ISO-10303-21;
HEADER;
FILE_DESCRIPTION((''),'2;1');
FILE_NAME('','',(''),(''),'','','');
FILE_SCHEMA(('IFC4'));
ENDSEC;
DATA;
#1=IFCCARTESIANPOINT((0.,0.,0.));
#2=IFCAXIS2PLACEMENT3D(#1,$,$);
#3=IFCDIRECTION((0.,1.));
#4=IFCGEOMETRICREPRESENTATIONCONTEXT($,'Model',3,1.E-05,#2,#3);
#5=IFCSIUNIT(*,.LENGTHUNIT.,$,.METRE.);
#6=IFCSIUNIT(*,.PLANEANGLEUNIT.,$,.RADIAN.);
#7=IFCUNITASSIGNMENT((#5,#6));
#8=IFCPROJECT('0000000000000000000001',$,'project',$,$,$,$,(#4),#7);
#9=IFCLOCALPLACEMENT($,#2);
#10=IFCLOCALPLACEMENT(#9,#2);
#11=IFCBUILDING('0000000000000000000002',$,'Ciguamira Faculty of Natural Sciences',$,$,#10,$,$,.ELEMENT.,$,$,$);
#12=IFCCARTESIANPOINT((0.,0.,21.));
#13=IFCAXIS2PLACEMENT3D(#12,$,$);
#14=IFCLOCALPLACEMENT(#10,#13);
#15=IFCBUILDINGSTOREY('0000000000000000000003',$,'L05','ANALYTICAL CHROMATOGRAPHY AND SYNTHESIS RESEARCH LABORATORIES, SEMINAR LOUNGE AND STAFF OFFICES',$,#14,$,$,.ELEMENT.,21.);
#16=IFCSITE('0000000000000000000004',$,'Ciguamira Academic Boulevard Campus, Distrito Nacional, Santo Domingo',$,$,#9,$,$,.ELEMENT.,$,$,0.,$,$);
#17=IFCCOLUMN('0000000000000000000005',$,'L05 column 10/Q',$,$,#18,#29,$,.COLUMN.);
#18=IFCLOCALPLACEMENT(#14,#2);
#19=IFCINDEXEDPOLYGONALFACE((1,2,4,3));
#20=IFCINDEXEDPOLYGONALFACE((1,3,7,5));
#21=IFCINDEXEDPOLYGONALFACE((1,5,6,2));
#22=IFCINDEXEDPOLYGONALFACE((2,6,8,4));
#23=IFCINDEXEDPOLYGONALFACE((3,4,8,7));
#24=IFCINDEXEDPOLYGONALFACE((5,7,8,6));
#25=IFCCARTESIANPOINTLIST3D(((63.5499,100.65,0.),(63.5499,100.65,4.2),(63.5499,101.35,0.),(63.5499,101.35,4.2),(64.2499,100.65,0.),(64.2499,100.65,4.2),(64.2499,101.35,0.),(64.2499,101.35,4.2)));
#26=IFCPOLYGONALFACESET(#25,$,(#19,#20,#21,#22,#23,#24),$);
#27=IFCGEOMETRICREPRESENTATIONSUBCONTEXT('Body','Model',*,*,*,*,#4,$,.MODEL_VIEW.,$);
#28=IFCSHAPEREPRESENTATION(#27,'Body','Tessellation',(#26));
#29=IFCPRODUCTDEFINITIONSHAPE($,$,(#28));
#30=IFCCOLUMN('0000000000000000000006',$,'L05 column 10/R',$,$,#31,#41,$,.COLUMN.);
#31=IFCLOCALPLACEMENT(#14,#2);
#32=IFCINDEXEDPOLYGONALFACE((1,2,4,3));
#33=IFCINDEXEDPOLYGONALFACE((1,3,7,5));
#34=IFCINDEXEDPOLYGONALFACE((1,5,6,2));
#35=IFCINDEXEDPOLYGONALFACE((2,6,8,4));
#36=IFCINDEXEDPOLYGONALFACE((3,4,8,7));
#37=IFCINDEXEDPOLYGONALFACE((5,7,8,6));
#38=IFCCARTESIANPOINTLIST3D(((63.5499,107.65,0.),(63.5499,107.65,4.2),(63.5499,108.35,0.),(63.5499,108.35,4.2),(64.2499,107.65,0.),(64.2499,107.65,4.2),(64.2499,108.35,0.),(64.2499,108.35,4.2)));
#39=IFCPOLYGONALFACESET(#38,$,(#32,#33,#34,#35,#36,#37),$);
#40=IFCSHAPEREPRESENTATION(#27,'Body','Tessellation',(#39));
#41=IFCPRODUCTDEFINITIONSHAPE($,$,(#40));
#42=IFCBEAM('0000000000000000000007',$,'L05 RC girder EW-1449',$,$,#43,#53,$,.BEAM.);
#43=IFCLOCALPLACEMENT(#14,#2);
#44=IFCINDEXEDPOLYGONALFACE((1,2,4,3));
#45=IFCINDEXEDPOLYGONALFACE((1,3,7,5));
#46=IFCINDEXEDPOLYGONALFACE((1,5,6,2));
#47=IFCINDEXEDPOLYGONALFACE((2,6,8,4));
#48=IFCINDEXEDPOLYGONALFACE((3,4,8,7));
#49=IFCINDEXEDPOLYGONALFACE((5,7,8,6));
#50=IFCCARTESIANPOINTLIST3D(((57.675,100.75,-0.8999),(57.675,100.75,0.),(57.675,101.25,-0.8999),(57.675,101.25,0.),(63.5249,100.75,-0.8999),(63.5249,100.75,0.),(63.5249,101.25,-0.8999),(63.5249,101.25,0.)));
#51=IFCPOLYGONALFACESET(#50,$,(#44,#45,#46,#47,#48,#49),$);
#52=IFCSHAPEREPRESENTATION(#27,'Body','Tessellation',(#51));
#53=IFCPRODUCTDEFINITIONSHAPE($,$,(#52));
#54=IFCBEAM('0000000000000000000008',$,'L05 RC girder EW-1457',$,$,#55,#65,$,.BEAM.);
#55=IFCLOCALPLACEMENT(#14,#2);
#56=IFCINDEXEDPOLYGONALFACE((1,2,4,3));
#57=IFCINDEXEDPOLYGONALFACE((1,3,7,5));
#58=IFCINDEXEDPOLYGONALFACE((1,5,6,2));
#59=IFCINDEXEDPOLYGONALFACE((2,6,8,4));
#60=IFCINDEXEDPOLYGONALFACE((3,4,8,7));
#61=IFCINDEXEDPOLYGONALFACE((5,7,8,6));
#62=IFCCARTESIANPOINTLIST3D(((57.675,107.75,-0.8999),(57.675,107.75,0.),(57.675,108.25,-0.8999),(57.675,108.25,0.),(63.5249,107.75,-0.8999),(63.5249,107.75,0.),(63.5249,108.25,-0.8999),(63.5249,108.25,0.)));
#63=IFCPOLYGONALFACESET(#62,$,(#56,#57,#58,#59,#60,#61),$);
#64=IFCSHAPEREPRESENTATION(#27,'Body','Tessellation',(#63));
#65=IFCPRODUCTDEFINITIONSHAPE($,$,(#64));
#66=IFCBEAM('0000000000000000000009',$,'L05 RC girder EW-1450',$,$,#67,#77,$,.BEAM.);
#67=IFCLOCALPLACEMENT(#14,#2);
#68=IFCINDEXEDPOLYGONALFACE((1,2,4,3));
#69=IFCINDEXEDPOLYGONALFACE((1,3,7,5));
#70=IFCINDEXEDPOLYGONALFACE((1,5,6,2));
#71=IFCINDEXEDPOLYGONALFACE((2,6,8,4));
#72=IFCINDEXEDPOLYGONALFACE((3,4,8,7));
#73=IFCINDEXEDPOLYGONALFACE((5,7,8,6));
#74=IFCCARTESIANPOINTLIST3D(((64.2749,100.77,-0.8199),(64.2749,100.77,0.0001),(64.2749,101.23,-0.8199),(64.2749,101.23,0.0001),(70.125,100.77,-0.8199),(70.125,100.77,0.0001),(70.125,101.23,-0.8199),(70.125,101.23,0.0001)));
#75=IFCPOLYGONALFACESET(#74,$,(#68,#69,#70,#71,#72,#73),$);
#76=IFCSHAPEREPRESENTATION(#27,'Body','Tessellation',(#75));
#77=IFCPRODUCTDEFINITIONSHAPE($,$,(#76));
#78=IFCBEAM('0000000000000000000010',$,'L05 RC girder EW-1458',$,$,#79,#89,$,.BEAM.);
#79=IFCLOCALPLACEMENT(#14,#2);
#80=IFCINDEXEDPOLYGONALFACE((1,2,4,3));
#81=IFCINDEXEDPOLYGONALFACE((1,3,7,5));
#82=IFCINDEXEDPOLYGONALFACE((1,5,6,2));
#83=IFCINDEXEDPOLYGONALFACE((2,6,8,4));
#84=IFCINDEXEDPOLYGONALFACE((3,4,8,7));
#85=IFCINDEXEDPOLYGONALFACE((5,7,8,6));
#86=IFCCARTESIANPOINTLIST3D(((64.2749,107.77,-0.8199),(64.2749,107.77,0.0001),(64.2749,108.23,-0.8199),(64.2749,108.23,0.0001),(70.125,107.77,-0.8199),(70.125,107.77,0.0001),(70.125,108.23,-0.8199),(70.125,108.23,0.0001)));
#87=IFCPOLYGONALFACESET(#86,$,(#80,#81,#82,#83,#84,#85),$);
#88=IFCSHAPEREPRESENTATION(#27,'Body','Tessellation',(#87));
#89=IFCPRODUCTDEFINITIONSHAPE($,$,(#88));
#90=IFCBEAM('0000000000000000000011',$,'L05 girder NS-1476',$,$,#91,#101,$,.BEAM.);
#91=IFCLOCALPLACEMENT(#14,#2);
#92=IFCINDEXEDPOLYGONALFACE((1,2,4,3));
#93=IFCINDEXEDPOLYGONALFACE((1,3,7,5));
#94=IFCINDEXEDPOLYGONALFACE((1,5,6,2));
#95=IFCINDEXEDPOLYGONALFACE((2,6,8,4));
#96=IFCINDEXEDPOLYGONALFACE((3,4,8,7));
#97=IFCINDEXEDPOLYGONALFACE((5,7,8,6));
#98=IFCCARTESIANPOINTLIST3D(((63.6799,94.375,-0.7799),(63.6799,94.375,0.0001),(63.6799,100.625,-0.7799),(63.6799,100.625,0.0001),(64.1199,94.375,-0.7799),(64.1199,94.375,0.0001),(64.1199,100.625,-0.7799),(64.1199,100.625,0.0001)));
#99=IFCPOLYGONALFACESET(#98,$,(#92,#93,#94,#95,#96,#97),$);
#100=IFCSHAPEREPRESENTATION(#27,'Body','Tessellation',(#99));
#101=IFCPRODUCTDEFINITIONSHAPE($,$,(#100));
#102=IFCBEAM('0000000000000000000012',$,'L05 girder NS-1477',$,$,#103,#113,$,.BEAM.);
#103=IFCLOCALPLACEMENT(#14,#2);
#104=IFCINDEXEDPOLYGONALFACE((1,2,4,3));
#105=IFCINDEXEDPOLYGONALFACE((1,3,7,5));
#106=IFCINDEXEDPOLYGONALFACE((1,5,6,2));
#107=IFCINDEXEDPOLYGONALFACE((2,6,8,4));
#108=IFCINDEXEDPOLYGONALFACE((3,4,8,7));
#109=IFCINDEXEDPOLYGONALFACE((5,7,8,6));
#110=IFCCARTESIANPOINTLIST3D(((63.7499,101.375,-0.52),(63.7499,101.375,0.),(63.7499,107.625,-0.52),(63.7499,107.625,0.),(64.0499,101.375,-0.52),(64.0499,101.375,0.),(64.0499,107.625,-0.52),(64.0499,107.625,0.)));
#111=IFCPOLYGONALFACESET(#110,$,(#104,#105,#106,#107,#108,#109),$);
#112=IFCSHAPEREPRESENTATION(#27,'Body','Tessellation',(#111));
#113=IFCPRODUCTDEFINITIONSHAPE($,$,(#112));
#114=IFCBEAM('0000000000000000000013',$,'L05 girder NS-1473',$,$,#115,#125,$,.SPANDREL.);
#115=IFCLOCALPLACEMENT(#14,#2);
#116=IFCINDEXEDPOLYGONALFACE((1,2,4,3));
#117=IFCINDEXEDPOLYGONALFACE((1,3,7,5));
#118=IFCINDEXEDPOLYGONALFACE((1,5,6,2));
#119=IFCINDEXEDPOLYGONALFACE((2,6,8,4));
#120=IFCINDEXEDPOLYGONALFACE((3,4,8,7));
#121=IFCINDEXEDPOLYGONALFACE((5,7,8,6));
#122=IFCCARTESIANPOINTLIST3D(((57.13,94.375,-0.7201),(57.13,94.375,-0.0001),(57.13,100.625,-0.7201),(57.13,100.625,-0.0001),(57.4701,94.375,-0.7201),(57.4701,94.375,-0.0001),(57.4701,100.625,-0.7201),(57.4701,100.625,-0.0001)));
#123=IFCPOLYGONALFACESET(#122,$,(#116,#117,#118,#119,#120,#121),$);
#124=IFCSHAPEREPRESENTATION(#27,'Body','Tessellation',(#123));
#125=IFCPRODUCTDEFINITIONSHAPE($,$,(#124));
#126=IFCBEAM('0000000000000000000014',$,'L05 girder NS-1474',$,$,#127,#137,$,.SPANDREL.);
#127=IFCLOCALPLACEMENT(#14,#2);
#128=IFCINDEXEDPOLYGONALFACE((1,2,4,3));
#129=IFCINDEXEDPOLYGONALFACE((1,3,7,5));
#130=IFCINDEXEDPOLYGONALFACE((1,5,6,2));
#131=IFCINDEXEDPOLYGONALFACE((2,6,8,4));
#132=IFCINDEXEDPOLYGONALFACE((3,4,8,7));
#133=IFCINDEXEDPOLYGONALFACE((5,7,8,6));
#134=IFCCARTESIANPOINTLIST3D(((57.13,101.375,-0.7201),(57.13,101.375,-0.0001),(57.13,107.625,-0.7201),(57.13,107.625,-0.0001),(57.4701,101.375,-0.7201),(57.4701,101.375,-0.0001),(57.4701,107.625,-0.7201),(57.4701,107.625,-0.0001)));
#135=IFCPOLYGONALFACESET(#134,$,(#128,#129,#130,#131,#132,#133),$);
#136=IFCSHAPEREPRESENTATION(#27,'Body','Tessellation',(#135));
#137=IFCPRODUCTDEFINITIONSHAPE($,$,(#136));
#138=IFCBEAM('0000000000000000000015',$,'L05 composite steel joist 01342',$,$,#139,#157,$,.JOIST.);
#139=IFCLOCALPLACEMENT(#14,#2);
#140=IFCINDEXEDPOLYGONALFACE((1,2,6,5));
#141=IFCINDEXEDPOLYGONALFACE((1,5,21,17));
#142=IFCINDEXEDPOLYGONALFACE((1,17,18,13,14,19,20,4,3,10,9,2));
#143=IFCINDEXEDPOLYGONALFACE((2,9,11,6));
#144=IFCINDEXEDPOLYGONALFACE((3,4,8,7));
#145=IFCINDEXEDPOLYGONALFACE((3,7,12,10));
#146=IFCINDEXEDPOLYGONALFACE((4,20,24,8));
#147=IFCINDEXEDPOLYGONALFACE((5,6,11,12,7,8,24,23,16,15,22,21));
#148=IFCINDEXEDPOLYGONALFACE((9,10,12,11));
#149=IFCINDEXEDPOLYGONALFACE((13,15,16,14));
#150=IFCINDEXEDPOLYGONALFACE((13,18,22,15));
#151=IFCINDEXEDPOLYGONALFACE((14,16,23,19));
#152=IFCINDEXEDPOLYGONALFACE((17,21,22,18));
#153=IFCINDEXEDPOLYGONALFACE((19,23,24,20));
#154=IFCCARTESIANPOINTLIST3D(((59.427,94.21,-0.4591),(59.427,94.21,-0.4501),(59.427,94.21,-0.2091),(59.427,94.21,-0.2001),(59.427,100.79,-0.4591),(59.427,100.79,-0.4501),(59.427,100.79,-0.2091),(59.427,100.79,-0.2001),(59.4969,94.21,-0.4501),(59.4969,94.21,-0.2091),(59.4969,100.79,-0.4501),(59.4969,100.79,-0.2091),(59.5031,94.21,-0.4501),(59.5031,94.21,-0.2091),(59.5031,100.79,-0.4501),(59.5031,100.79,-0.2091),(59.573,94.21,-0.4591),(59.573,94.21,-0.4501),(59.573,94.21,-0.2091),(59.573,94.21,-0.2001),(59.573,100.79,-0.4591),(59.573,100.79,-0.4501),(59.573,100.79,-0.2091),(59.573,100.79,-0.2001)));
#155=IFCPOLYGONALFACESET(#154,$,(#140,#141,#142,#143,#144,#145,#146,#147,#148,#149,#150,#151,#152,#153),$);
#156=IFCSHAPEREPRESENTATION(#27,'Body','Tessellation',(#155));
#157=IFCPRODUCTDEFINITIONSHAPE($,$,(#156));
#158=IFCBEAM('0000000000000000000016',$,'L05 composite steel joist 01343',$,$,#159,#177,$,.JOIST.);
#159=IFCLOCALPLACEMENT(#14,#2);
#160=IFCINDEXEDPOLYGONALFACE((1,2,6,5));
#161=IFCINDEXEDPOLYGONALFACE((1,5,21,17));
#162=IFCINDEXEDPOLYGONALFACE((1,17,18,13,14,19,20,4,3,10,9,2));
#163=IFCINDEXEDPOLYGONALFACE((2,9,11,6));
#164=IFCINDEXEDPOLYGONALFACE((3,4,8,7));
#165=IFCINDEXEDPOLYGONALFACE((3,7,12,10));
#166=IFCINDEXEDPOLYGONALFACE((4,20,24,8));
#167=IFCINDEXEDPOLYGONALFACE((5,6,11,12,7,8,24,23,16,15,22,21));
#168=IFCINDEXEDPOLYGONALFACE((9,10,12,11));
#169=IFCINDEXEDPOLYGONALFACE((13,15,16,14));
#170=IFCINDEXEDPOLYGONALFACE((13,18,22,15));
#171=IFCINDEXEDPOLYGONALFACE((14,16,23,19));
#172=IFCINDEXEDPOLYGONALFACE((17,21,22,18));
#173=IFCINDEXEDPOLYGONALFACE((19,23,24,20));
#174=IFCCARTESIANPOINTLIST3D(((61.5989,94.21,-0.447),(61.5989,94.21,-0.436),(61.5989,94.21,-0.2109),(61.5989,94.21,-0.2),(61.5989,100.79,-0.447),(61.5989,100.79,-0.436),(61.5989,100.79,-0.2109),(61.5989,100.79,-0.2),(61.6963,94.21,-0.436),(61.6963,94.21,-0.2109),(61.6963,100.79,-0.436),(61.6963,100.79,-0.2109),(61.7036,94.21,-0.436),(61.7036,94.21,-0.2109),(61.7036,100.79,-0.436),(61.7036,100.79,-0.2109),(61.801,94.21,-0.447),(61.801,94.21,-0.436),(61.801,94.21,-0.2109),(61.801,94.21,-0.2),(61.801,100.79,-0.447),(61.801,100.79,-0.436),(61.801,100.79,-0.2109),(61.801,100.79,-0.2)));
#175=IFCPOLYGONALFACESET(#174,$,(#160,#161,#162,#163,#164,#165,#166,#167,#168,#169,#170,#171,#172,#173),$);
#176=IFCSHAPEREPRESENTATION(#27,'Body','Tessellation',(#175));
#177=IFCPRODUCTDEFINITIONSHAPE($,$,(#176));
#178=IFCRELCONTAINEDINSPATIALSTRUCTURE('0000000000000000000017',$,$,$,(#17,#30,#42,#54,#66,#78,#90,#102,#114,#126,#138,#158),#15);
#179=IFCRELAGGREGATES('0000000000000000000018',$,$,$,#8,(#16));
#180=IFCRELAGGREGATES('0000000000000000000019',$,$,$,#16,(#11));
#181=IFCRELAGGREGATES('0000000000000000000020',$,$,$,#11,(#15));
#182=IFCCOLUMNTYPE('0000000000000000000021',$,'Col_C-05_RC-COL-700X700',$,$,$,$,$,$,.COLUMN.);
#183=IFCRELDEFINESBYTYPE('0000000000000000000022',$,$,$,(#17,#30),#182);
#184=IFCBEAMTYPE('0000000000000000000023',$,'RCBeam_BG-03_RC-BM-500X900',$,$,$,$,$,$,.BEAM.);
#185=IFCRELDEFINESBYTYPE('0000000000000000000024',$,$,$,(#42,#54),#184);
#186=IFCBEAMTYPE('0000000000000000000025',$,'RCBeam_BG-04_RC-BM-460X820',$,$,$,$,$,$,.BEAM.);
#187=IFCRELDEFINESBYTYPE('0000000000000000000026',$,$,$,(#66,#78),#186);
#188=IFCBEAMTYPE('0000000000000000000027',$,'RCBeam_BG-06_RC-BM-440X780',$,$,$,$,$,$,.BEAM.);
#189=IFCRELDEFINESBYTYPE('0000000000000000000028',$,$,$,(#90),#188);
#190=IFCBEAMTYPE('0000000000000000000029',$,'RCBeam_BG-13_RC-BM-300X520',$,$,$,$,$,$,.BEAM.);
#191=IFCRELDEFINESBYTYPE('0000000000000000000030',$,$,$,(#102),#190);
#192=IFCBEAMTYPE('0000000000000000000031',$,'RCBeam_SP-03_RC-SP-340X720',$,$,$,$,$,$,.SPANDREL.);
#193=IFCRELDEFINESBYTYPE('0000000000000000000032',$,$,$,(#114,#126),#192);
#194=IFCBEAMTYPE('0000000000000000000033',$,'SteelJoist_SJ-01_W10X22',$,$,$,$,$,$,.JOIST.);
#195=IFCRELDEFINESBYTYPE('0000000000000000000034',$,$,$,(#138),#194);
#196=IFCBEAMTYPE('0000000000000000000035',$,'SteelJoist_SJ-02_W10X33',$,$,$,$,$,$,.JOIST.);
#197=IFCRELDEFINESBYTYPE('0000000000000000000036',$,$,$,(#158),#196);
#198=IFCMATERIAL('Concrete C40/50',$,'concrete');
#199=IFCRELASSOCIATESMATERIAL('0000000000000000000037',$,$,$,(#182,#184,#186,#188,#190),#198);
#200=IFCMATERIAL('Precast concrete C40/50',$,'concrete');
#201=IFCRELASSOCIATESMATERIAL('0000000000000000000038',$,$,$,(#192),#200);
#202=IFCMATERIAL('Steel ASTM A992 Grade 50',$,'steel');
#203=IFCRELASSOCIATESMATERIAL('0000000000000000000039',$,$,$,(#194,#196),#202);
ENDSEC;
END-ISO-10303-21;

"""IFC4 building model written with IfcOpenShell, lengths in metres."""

from ifc_helpers import new_model, si_unit, direction, frame, origin, origin_2d, place, context, subcontext, project, spatial, rectangle, i_section, extrude, material, material_profile, profile_set, type_object, element, save


model = new_model("IFC4")

# Units and contexts
model_context = context("Model", 3, precision=1e-05, world=origin(), true_north=direction((0.0, 1.0)))
body_context = subcontext(model_context, "Body", "Model", "MODEL_VIEW")
ifc_project = project(units=[si_unit("LENGTHUNIT", "METRE"), si_unit("PLANEANGLEUNIT", "RADIAN")], contexts=[model_context])

# Site, building, storey
site_placement = place(None, origin())
site = spatial("IfcSite", under=ifc_project, at=site_placement, Name="Ciguamira Academic Boulevard Campus, Distrito Nacional, Santo Domingo", CompositionType="ELEMENT", RefElevation=0.0)
building_placement = place(site_placement, origin())
building = spatial("IfcBuilding", under=site, at=building_placement, Name="Ciguamira Faculty of Natural Sciences", CompositionType="ELEMENT")
storey_placement = place(building_placement, frame((0.0, 0.0, 21.0)))
storey = spatial("IfcBuildingStorey", under=building, at=storey_placement, Name="L05", Description="ANALYTICAL CHROMATOGRAPHY AND SYNTHESIS RESEARCH LABORATORIES, SEMINAR LOUNGE AND STAFF OFFICES", CompositionType="ELEMENT", Elevation=21.0)

# Columns
ifc_material_1 = material(Name="Concrete C40/50", Category="concrete")
ifc_material_profile_1 = material_profile(ifc_material_1, rectangle(XDim=0.7, YDim=0.7, at=origin_2d()), Name="RC-COL-700X700")
ifc_profile_set_1 = profile_set([ifc_material_profile_1], Name="Concrete C40/50")
column_type = type_object("IfcColumnType", Name="Col_C-05_RC-COL-700X700", PredefinedType="COLUMN", material=ifc_profile_set_1)
for number, where, z_axis, x_axis, name in (
    (1, (63.8999, 101.0, 0.0), (0.0, 0.0, 1.0), (1.0, 0.0, 0.0), "L05 column 10/Q"),
    (2, (63.8999, 108.0, 0.0), (0.0, 0.0, 1.0), (1.0, 0.0, 0.0), "L05 column 10/R"),
):
    element("IfcColumn", number, at=place(storey_placement, frame(where, z_axis=z_axis, x_axis=x_axis)), inside=storey, type_object=column_type, Name=name, PredefinedType="COLUMN", context=body_context, shape_type="SweptSolid", body=[
        extrude(rectangle(XDim=0.7, YDim=0.7, at=origin_2d()), origin(), (0.0, 0.0, 1.0), 4.2),
    ])

# Beams
ifc_material_profile_2 = material_profile(ifc_material_1, rectangle(XDim=0.5, YDim=0.8999, at=origin_2d()), Name="RC-BM-500X900")
ifc_profile_set_2 = profile_set([ifc_material_profile_2], Name="Concrete C40/50")
beam_type_1 = type_object("IfcBeamType", Name="RCBeam_BG-03_RC-BM-500X900", PredefinedType="BEAM", material=ifc_profile_set_2)
for number, where, z_axis, x_axis, name in (
    (3, (57.675, 101.0, -0.45), (1.0, 0.0, 0.0), (0.0, 1.0, 0.0), "L05 RC girder EW-1449"),
    (4, (57.675, 108.0, -0.45), (1.0, 0.0, 0.0), (0.0, 1.0, 0.0), "L05 RC girder EW-1457"),
):
    element("IfcBeam", number, at=place(storey_placement, frame(where, z_axis=z_axis, x_axis=x_axis)), inside=storey, type_object=beam_type_1, Name=name, PredefinedType="BEAM", context=body_context, shape_type="SweptSolid", body=[
        extrude(rectangle(XDim=0.5, YDim=0.8999, at=origin_2d()), origin(), (0.0, 0.0, 1.0), 5.8499),
    ])
ifc_material_profile_3 = material_profile(ifc_material_1, rectangle(XDim=0.46, YDim=0.8201, at=origin_2d()), Name="RC-BM-460X820")
ifc_profile_set_3 = profile_set([ifc_material_profile_3], Name="Concrete C40/50")
beam_type_2 = type_object("IfcBeamType", Name="RCBeam_BG-04_RC-BM-460X820", PredefinedType="BEAM", material=ifc_profile_set_3)
for number, where, z_axis, x_axis, name in (
    (5, (64.2749, 101.0, -0.4099), (1.0, 0.0, 0.0), (0.0, 1.0, 0.0), "L05 RC girder EW-1450"),
    (6, (64.2749, 108.0, -0.4099), (1.0, 0.0, 0.0), (0.0, 1.0, 0.0), "L05 RC girder EW-1458"),
):
    element("IfcBeam", number, at=place(storey_placement, frame(where, z_axis=z_axis, x_axis=x_axis)), inside=storey, type_object=beam_type_2, Name=name, PredefinedType="BEAM", context=body_context, shape_type="SweptSolid", body=[
        extrude(rectangle(XDim=0.46, YDim=0.8201, at=origin_2d()), origin(), (0.0, 0.0, 1.0), 5.8501),
    ])
ifc_material_profile_4 = material_profile(ifc_material_1, rectangle(XDim=0.4399, YDim=0.78, at=origin_2d()), Name="RC-BM-440X780")
ifc_profile_set_4 = profile_set([ifc_material_profile_4], Name="Concrete C40/50")
beam_type_3 = type_object("IfcBeamType", Name="RCBeam_BG-06_RC-BM-440X780", PredefinedType="BEAM", material=ifc_profile_set_4)
beam_1_placement = place(storey_placement, frame((63.8999, 94.375, -0.3899), z_axis=(0.0, 1.0, 0.0), x_axis=(-1.0, 0.0, 0.0)))
element("IfcBeam", 7, at=beam_1_placement, inside=storey, type_object=beam_type_3, Name="L05 girder NS-1476", PredefinedType="BEAM", context=body_context, shape_type="SweptSolid", body=[
    extrude(rectangle(XDim=0.4399, YDim=0.78, at=origin_2d()), origin(), (0.0, 0.0, 1.0), 6.25),
])
ifc_material_profile_5 = material_profile(ifc_material_1, rectangle(XDim=0.3, YDim=0.52, at=origin_2d()), Name="RC-BM-300X520")
ifc_profile_set_5 = profile_set([ifc_material_profile_5], Name="Concrete C40/50")
beam_type_4 = type_object("IfcBeamType", Name="RCBeam_BG-13_RC-BM-300X520", PredefinedType="BEAM", material=ifc_profile_set_5)
beam_2_placement = place(storey_placement, frame((63.8999, 101.375, -0.26), z_axis=(0.0, 1.0, 0.0), x_axis=(-1.0, 0.0, 0.0)))
element("IfcBeam", 8, at=beam_2_placement, inside=storey, type_object=beam_type_4, Name="L05 girder NS-1477", PredefinedType="BEAM", context=body_context, shape_type="SweptSolid", body=[
    extrude(rectangle(XDim=0.3, YDim=0.52, at=origin_2d()), origin(), (0.0, 0.0, 1.0), 6.25),
])
ifc_material_2 = material(Name="Precast concrete C40/50", Category="concrete")
ifc_material_profile_6 = material_profile(ifc_material_2, rectangle(XDim=0.3401, YDim=0.72, at=origin_2d()), Name="RC-SP-340X720")
ifc_profile_set_6 = profile_set([ifc_material_profile_6], Name="Precast concrete C40/50")
beam_type_5 = type_object("IfcBeamType", Name="RCBeam_SP-03_RC-SP-340X720", PredefinedType="SPANDREL", material=ifc_profile_set_6)
for number, where, z_axis, x_axis, name in (
    (9, (57.3, 94.375, -0.3601), (0.0, 1.0, 0.0), (-1.0, 0.0, 0.0), "L05 girder NS-1473"),
    (10, (57.3, 101.375, -0.3601), (0.0, 1.0, 0.0), (-1.0, 0.0, 0.0), "L05 girder NS-1474"),
):
    element("IfcBeam", number, at=place(storey_placement, frame(where, z_axis=z_axis, x_axis=x_axis)), inside=storey, type_object=beam_type_5, Name=name, PredefinedType="SPANDREL", context=body_context, shape_type="SweptSolid", body=[
        extrude(rectangle(XDim=0.3401, YDim=0.72, at=origin_2d()), origin(), (0.0, 0.0, 1.0), 6.25),
    ])
ifc_material_3 = material(Name="Steel ASTM A992 Grade 50", Category="steel")
ifc_material_profile_7 = material_profile(ifc_material_3, i_section(OverallWidth=0.146, OverallDepth=0.259, WebThickness=0.0061, FlangeThickness=0.009, at=origin_2d()), Name="W10X22")
ifc_profile_set_7 = profile_set([ifc_material_profile_7], Name="Steel ASTM A992 Grade 50")
beam_type_6 = type_object("IfcBeamType", Name="SteelJoist_SJ-01_W10X22", PredefinedType="JOIST", material=ifc_profile_set_7)
beam_3_placement = place(storey_placement, frame((59.5, 94.21, -0.3296), z_axis=(0.0, 1.0, 0.0), x_axis=(-1.0, 0.0, 0.0)))
element("IfcBeam", 11, at=beam_3_placement, inside=storey, type_object=beam_type_6, Name="L05 composite steel joist 01342", PredefinedType="JOIST", context=body_context, shape_type="SweptSolid", body=[
    extrude(i_section(OverallWidth=0.146, OverallDepth=0.259, WebThickness=0.0061, FlangeThickness=0.009, at=origin_2d()), origin(), (0.0, 0.0, 1.0), 6.5801),
])
ifc_material_profile_8 = material_profile(ifc_material_3, i_section(OverallWidth=0.2021, OverallDepth=0.2471, WebThickness=0.0073, FlangeThickness=0.011, at=origin_2d()), Name="W10X33")
ifc_profile_set_8 = profile_set([ifc_material_profile_8], Name="Steel ASTM A992 Grade 50")
beam_type_7 = type_object("IfcBeamType", Name="SteelJoist_SJ-02_W10X33", PredefinedType="JOIST", material=ifc_profile_set_8)
beam_4_placement = place(storey_placement, frame((61.7, 94.21, -0.3235), z_axis=(0.0, 1.0, 0.0), x_axis=(-1.0, 0.0, 0.0)))
element("IfcBeam", 12, at=beam_4_placement, inside=storey, type_object=beam_type_7, Name="L05 composite steel joist 01343", PredefinedType="JOIST", context=body_context, shape_type="SweptSolid", body=[
    extrude(i_section(OverallWidth=0.2021, OverallDepth=0.2471, WebThickness=0.0073, FlangeThickness=0.011, at=origin_2d()), origin(), (0.0, 0.0, 1.0), 6.5801),
])

save(model, "model.ifc")
